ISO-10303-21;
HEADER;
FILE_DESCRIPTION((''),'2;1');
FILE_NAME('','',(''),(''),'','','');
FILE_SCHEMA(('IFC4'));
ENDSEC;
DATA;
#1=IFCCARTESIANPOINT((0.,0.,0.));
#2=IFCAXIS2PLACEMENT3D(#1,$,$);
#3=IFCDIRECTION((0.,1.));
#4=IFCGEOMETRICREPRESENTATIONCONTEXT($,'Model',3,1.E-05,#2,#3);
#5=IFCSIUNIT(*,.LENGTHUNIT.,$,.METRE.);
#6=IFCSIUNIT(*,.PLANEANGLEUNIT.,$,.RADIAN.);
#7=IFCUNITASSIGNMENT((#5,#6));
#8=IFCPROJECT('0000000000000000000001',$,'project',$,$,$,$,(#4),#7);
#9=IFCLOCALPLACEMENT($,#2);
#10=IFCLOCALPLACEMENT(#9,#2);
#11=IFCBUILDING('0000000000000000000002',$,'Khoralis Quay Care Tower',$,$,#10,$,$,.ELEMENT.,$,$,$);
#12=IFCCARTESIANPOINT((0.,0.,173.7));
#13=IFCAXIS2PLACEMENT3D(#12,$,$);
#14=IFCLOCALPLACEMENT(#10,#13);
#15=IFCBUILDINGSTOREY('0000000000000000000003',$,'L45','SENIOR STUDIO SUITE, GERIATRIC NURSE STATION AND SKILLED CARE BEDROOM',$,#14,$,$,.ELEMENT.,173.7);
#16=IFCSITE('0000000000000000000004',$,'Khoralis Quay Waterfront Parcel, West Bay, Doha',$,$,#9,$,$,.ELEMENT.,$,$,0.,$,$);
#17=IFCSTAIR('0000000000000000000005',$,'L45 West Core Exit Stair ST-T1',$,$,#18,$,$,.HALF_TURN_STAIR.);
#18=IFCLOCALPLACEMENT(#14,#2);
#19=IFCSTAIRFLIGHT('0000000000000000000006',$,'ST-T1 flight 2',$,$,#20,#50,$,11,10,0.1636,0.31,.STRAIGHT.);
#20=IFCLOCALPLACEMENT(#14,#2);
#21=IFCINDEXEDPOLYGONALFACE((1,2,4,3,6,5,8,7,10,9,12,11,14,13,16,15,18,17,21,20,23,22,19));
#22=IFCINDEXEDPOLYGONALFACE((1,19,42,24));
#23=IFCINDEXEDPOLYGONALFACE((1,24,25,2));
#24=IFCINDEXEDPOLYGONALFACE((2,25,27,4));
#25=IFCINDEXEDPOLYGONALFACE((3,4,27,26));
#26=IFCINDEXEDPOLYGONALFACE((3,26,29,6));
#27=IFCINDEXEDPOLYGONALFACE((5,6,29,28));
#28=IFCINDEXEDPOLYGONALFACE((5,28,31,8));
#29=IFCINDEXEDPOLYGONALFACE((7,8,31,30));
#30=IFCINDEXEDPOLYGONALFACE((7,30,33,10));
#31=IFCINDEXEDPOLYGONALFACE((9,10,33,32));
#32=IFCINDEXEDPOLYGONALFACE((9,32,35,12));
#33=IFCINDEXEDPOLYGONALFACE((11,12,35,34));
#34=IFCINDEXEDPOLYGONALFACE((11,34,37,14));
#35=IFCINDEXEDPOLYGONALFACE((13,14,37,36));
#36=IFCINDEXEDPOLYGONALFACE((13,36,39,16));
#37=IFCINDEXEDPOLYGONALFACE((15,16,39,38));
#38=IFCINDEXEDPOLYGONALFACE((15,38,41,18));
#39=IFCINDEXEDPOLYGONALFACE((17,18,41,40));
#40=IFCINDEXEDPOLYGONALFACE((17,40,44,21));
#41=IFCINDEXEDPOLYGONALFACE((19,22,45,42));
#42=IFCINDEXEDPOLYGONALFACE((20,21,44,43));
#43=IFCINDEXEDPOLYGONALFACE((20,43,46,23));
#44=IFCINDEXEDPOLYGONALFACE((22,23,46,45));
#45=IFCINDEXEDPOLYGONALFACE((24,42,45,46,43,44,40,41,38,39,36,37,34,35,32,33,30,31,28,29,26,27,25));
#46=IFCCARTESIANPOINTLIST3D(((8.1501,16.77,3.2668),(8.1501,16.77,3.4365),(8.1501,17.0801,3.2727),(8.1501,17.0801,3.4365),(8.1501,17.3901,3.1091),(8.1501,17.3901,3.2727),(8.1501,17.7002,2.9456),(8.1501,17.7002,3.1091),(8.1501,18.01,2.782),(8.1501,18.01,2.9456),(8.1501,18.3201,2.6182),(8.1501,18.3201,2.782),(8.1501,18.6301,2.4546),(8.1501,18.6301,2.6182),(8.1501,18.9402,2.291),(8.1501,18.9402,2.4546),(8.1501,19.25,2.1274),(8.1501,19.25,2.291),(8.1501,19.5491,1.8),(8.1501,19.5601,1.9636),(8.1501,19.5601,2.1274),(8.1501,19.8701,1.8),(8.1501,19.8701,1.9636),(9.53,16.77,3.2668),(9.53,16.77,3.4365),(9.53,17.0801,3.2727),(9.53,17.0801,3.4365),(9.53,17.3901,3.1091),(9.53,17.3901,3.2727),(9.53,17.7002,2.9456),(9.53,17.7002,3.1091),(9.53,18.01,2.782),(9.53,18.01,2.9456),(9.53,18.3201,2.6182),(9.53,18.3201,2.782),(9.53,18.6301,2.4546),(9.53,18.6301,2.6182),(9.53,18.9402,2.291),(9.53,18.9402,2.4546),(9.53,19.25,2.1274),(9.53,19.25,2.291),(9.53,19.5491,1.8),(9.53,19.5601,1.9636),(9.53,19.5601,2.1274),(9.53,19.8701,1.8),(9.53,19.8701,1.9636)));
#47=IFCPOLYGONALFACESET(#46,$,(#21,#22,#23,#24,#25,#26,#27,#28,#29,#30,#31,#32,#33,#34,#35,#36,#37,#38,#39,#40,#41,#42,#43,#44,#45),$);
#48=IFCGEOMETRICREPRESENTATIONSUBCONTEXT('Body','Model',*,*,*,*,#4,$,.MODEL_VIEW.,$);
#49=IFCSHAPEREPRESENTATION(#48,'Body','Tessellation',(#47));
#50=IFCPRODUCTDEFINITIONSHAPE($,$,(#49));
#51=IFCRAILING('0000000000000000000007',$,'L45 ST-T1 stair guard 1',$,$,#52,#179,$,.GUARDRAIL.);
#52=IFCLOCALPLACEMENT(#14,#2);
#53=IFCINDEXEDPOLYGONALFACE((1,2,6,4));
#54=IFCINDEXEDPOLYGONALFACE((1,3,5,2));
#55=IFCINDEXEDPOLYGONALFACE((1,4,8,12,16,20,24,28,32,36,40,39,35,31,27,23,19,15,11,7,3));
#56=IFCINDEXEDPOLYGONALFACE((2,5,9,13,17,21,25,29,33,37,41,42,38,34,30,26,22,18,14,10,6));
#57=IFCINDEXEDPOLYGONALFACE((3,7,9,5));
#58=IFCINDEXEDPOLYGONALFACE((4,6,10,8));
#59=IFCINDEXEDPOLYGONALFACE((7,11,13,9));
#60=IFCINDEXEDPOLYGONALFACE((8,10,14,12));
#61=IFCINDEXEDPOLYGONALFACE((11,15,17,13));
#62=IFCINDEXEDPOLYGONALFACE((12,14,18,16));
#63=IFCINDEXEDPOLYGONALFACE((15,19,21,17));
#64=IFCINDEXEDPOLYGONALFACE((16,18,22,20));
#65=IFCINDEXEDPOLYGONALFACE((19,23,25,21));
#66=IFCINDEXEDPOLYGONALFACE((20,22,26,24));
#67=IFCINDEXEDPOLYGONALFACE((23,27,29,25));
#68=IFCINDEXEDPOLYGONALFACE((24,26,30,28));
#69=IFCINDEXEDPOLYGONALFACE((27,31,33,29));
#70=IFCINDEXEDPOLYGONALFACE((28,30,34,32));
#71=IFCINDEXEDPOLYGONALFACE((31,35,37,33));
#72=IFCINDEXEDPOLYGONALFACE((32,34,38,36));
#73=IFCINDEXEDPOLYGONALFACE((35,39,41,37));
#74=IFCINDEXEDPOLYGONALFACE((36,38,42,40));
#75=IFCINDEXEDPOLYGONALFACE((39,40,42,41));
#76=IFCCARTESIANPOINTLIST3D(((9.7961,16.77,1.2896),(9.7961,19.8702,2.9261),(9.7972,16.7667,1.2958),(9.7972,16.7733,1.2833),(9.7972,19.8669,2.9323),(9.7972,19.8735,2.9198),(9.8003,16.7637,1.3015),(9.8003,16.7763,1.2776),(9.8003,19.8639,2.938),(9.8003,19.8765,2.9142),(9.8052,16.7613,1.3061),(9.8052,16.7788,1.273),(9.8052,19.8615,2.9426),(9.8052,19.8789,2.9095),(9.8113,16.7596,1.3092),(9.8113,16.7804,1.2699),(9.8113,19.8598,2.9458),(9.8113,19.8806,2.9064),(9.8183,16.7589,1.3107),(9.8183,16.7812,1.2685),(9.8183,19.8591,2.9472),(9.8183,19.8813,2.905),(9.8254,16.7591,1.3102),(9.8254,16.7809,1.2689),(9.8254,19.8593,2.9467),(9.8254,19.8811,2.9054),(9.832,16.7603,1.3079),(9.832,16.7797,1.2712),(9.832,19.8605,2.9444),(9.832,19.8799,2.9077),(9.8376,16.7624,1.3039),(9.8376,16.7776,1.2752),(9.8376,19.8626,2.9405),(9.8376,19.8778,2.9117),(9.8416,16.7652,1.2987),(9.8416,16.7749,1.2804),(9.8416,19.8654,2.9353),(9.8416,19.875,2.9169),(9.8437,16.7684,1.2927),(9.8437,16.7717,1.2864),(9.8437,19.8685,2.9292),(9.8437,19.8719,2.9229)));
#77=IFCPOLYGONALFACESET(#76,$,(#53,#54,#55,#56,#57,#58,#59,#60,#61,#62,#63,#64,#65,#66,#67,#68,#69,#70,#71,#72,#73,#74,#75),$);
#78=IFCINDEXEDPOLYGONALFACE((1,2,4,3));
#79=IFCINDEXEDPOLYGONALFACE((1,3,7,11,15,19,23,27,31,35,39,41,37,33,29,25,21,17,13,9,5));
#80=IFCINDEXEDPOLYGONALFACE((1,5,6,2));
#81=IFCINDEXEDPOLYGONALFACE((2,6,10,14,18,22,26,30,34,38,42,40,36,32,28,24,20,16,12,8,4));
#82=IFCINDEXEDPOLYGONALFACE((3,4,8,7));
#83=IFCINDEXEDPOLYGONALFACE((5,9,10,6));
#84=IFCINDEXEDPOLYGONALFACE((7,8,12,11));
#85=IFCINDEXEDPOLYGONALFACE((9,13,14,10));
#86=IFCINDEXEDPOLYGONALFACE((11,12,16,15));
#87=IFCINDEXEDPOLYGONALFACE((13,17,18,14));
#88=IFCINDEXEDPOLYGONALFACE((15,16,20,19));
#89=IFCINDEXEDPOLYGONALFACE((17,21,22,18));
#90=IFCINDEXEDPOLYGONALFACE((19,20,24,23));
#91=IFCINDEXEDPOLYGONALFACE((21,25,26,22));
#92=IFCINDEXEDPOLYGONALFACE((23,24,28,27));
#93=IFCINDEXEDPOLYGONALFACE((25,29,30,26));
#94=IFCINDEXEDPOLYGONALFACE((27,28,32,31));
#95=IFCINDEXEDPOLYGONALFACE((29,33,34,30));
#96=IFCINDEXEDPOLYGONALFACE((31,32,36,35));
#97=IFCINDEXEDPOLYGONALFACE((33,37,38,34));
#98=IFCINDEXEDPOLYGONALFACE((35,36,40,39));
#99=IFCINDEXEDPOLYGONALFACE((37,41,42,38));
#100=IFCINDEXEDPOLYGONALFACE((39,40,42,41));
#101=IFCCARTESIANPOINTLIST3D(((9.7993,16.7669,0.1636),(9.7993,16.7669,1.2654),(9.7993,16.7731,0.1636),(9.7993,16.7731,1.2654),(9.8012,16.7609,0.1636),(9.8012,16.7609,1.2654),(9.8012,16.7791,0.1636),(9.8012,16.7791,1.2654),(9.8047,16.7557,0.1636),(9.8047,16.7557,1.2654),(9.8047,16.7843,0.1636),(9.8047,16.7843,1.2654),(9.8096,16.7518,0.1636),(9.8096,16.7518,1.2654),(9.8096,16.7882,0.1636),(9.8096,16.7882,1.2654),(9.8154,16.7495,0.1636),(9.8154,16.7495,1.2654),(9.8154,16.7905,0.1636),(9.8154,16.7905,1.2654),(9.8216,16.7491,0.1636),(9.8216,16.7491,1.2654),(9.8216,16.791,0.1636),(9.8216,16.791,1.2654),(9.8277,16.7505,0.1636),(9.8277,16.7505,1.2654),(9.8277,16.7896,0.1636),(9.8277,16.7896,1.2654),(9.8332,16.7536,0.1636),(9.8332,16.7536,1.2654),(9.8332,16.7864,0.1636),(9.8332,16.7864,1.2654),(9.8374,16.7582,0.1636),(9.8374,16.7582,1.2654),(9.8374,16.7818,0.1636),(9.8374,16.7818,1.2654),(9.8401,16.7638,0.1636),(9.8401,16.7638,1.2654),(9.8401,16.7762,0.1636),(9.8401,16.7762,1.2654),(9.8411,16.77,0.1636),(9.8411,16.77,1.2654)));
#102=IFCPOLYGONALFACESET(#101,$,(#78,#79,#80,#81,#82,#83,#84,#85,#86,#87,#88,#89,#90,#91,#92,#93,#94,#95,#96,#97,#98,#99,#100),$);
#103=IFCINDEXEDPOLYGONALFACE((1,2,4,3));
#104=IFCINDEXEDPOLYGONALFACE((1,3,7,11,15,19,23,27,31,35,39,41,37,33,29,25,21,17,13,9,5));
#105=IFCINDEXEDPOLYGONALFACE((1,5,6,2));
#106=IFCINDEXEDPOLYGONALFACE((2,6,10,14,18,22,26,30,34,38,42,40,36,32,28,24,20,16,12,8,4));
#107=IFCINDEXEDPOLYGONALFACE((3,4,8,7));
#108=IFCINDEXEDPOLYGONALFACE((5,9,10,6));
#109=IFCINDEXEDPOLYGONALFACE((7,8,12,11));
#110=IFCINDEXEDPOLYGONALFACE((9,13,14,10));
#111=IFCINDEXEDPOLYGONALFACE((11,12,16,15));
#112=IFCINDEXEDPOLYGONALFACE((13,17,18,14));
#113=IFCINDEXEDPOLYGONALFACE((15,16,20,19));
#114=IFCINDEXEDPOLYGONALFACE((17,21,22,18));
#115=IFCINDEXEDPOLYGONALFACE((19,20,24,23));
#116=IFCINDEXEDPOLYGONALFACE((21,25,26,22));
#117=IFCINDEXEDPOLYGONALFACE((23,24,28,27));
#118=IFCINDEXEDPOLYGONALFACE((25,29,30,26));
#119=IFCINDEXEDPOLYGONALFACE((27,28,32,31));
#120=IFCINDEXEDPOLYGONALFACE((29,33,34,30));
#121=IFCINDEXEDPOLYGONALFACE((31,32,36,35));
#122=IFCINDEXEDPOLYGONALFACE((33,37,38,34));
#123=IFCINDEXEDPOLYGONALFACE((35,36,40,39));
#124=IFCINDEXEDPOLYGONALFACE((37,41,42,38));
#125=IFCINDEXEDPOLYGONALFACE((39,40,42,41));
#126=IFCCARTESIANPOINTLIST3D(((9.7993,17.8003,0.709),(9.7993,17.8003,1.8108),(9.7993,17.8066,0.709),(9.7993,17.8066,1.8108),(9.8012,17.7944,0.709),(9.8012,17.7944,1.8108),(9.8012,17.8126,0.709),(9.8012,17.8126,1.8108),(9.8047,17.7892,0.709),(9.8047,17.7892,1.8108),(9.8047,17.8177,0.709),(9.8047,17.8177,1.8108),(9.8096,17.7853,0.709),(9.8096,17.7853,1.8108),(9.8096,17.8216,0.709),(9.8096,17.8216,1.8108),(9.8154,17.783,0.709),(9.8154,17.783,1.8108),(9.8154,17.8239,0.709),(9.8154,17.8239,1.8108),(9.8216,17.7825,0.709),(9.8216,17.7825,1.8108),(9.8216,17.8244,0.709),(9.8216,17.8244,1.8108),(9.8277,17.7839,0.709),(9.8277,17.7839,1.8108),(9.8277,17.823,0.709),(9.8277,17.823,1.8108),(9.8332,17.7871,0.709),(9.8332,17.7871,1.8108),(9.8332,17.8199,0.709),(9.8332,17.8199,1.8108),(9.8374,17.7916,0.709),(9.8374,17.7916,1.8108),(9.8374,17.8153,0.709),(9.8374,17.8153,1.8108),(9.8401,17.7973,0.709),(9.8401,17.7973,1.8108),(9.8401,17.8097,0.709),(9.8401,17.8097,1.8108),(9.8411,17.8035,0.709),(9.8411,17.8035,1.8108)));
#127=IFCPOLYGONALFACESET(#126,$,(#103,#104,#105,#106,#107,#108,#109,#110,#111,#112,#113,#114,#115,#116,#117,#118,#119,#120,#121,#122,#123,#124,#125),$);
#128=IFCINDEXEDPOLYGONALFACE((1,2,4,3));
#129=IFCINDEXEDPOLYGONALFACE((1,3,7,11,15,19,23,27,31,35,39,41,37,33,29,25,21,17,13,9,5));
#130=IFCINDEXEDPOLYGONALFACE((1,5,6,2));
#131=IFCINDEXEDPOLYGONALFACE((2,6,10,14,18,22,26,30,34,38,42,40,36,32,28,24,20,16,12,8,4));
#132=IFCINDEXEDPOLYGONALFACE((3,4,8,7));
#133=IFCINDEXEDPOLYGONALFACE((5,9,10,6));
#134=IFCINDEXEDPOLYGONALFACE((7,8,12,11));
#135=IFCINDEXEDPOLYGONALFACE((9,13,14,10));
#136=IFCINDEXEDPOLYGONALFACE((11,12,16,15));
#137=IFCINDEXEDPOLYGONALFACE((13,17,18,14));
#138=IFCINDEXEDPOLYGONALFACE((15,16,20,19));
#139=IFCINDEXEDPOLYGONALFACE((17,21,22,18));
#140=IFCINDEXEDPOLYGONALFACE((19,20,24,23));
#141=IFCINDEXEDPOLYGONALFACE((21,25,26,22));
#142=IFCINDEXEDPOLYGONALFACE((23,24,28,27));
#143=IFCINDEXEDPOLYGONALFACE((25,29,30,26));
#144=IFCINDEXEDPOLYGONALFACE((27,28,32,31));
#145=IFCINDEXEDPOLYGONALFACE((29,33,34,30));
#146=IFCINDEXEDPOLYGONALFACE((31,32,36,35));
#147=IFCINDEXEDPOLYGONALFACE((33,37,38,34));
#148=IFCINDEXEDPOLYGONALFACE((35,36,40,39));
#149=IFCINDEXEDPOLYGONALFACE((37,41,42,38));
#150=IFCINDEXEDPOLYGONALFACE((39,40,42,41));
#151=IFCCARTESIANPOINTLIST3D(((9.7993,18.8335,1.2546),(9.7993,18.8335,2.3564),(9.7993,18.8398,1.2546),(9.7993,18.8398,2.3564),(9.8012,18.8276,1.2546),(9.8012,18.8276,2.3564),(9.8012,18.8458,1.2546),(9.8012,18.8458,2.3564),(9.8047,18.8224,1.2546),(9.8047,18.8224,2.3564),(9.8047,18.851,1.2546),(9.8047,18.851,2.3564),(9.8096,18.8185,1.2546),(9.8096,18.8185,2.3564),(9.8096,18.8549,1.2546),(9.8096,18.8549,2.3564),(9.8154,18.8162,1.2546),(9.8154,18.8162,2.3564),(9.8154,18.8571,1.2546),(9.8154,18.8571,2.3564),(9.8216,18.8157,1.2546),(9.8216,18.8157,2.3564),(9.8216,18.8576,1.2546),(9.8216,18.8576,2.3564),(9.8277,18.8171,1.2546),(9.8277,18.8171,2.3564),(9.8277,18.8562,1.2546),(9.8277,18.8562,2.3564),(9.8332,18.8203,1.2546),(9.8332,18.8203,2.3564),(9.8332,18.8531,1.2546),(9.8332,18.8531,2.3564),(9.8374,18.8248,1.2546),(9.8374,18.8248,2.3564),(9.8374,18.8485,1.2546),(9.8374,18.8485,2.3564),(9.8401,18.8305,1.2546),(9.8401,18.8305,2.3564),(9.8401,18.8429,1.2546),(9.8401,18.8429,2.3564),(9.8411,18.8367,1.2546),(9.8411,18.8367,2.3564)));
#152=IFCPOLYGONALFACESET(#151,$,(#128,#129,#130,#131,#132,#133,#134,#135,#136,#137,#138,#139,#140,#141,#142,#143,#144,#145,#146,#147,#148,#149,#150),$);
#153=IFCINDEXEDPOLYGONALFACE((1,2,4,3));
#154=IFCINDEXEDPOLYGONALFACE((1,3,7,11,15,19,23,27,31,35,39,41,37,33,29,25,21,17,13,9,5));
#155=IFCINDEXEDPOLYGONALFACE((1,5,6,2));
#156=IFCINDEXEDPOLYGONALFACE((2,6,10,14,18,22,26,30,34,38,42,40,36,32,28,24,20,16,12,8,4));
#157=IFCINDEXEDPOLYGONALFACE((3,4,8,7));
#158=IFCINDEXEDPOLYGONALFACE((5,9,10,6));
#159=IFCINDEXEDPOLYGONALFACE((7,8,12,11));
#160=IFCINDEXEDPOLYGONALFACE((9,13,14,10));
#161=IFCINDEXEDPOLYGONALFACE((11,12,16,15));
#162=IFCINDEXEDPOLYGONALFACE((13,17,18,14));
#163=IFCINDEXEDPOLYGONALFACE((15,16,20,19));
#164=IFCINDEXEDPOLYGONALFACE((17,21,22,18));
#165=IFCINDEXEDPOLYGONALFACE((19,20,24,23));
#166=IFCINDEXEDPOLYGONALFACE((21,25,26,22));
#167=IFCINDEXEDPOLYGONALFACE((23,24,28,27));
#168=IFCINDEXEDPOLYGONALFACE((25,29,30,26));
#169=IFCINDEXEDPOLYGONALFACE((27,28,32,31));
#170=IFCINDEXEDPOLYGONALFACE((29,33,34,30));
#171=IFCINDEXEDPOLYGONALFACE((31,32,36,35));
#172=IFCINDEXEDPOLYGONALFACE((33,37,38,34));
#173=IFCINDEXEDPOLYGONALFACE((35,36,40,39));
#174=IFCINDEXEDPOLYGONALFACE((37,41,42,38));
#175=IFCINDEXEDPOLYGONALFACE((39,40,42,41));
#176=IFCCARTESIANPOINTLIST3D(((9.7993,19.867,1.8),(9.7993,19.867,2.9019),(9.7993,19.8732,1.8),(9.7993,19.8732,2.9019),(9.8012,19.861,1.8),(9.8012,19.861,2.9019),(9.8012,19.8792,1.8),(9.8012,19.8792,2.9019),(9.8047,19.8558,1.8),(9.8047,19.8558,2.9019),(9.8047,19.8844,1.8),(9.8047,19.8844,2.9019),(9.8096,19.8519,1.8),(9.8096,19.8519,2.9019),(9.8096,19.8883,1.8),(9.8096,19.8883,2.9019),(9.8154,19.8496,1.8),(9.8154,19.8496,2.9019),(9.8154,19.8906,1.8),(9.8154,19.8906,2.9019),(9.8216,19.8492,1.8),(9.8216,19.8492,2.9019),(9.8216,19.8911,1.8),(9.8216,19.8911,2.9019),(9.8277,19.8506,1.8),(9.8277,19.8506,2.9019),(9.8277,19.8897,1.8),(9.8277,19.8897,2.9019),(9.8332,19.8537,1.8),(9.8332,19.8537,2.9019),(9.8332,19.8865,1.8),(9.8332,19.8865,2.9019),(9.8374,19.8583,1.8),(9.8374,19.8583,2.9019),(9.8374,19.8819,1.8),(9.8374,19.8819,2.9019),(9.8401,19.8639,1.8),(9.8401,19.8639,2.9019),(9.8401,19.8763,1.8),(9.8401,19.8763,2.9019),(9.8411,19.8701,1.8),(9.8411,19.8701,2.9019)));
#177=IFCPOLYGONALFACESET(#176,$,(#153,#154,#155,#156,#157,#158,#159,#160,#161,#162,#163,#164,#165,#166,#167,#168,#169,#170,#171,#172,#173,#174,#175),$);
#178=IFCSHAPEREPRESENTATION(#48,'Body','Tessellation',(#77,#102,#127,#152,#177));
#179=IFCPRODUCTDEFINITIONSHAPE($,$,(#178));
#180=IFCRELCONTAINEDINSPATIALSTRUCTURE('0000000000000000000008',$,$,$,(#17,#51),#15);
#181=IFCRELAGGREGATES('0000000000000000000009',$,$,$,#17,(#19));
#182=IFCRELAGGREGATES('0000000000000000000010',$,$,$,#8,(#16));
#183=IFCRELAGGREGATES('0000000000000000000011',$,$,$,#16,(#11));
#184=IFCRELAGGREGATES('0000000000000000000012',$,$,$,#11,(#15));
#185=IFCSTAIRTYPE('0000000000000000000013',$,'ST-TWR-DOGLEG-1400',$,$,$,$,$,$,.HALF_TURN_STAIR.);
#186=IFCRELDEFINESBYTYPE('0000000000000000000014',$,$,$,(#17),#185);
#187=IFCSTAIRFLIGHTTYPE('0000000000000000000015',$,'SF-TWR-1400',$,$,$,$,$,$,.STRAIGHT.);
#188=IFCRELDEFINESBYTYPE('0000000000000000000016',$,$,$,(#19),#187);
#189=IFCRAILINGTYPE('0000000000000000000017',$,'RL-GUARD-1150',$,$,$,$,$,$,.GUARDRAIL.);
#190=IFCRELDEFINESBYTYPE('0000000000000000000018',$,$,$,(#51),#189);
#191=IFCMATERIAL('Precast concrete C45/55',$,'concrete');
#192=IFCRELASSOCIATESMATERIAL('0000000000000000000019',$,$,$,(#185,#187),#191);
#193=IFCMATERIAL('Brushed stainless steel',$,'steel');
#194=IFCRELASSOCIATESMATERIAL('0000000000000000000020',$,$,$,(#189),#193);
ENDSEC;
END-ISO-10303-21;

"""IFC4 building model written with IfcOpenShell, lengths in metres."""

from ifc_helpers import new_model, si_unit, direction, frame, origin, origin_2d, place, context, subcontext, project, spatial, polyline, circle, outline, extrude, source, transform, mapped, material, type_object, element, aggregate, save


model = new_model("IFC4")

# Units and contexts
model_context = context("Model", 3, precision=1e-05, world=origin(), true_north=direction((0.0, 1.0)))
body_context = subcontext(model_context, "Body", "Model", "MODEL_VIEW")
ifc_project = project(units=[si_unit("LENGTHUNIT", "METRE"), si_unit("PLANEANGLEUNIT", "RADIAN")], contexts=[model_context])

# Site, building, storey
site_placement = place(None, origin())
site = spatial("IfcSite", under=ifc_project, at=site_placement, Name="Khoralis Quay Waterfront Parcel, West Bay, Doha", CompositionType="ELEMENT", RefElevation=0.0)
building_placement = place(site_placement, origin())
building = spatial("IfcBuilding", under=site, at=building_placement, Name="Khoralis Quay Care Tower", CompositionType="ELEMENT")
storey_placement = place(building_placement, frame((0.0, 0.0, 173.7)))
storey = spatial("IfcBuildingStorey", under=building, at=storey_placement, Name="L45", Description="SENIOR STUDIO SUITE, GERIATRIC NURSE STATION AND SKILLED CARE BEDROOM", CompositionType="ELEMENT", Elevation=173.7)

# Stair, stair flight
ifc_material_1 = material(Name="Precast concrete C45/55", Category="concrete")
stair_type = type_object("IfcStairType", Name="ST-TWR-DOGLEG-1400", PredefinedType="HALF_TURN_STAIR", material=ifc_material_1)
stair_placement = place(storey_placement, origin())
stair = element("IfcStair", 1, at=stair_placement, inside=storey, type_object=stair_type, Name="L45 West Core Exit Stair ST-T1", PredefinedType="HALF_TURN_STAIR")
stair_flight_type = type_object("IfcStairFlightType", Name="SF-TWR-1400", PredefinedType="STRAIGHT", material=ifc_material_1)
shared_shape_1 = source(origin(), body_context, "Body", "SweptSolid", [
    extrude(outline(polyline([(0.0, 0.0), (0.0, 0.1636), (0.3101, 0.1636), (0.3101, 0.3274), (0.6201, 0.3274), (0.6201, 0.491), (0.9299, 0.491), (0.9299, 0.6545), (1.24, 0.6545), (1.24, 0.8181), (1.55, 0.8181), (1.55, 0.9819), (1.8601, 0.9819), (1.8601, 1.1455), (2.1699, 1.1455), (2.1699, 1.3091), (2.48, 1.3091), (2.48, 1.4727), (2.79, 1.4727), (2.79, 1.6365), (3.1001, 1.6365), (3.1001, 1.8), (3.1001, 1.4668), (0.321, 0.0), (0.0, 0.0)])), frame((0.0, 0.6899, 0.0), z_axis=(0.0, -1.0, 0.0), x_axis=(1.0, 0.0, 0.0)), (0.0, 0.0, 1.0), 1.3799),
])
stair_flight_1_placement = place(storey_placement, frame((8.8401, 19.8701, 1.8), z_axis=(0.0, 0.0, 1.0), x_axis=(0.0, -1.0, 0.0)))
stair_flight_1 = element("IfcStairFlight", 2, at=stair_flight_1_placement, type_object=stair_flight_type, Name="ST-T1 flight 2", NumberOfRisers=11, NumberOfTreads=10, PredefinedType="STRAIGHT", RiserHeight=0.1636, TreadLength=0.31, context=body_context, shape_type="MappedRepresentation", body=[
    mapped(shared_shape_1, transform((0.0, 0.0, 0.0), scale=1.0)),
])
aggregate(stair, [stair_flight_1])

# Railing
ifc_material_2 = material(Name="Brushed stainless steel", Category="steel")
railing_type_1 = type_object("IfcRailingType", Name="RL-GUARD-1150", PredefinedType="GUARDRAIL", material=ifc_material_2)
railing_1_placement = place(storey_placement, frame((9.8201, 16.77, 0.1636)))
element("IfcRailing", 3, at=railing_1_placement, inside=storey, type_object=railing_type_1, Name="L45 ST-T1 stair guard 1", PredefinedType="GUARDRAIL", context=body_context, shape_type="SweptSolid", body=[
    extrude(circle(Radius=0.0239, at=origin_2d()), frame((0.0, 0.0, 1.126), z_axis=(0.0, 0.884348, 0.466828), x_axis=(-1.0, 0.0, 0.0)), (0.0, 0.0, 1.0), 3.5056),
    extrude(circle(Radius=0.021, at=origin_2d()), origin(), (0.0, 0.0, 1.0), 1.1018),
    extrude(circle(Radius=0.021, at=origin_2d()), frame((0.0, 1.0334, 0.5454)), (0.0, 0.0, 1.0), 1.1018),
    extrude(circle(Radius=0.021, at=origin_2d()), frame((0.0, 2.0667, 1.0911)), (0.0, 0.0, 1.0), 1.1018),
    extrude(circle(Radius=0.021, at=origin_2d()), frame((0.0, 3.1001, 1.6365)), (0.0, 0.0, 1.0), 1.1018),
])

save(model, "model.ifc")
